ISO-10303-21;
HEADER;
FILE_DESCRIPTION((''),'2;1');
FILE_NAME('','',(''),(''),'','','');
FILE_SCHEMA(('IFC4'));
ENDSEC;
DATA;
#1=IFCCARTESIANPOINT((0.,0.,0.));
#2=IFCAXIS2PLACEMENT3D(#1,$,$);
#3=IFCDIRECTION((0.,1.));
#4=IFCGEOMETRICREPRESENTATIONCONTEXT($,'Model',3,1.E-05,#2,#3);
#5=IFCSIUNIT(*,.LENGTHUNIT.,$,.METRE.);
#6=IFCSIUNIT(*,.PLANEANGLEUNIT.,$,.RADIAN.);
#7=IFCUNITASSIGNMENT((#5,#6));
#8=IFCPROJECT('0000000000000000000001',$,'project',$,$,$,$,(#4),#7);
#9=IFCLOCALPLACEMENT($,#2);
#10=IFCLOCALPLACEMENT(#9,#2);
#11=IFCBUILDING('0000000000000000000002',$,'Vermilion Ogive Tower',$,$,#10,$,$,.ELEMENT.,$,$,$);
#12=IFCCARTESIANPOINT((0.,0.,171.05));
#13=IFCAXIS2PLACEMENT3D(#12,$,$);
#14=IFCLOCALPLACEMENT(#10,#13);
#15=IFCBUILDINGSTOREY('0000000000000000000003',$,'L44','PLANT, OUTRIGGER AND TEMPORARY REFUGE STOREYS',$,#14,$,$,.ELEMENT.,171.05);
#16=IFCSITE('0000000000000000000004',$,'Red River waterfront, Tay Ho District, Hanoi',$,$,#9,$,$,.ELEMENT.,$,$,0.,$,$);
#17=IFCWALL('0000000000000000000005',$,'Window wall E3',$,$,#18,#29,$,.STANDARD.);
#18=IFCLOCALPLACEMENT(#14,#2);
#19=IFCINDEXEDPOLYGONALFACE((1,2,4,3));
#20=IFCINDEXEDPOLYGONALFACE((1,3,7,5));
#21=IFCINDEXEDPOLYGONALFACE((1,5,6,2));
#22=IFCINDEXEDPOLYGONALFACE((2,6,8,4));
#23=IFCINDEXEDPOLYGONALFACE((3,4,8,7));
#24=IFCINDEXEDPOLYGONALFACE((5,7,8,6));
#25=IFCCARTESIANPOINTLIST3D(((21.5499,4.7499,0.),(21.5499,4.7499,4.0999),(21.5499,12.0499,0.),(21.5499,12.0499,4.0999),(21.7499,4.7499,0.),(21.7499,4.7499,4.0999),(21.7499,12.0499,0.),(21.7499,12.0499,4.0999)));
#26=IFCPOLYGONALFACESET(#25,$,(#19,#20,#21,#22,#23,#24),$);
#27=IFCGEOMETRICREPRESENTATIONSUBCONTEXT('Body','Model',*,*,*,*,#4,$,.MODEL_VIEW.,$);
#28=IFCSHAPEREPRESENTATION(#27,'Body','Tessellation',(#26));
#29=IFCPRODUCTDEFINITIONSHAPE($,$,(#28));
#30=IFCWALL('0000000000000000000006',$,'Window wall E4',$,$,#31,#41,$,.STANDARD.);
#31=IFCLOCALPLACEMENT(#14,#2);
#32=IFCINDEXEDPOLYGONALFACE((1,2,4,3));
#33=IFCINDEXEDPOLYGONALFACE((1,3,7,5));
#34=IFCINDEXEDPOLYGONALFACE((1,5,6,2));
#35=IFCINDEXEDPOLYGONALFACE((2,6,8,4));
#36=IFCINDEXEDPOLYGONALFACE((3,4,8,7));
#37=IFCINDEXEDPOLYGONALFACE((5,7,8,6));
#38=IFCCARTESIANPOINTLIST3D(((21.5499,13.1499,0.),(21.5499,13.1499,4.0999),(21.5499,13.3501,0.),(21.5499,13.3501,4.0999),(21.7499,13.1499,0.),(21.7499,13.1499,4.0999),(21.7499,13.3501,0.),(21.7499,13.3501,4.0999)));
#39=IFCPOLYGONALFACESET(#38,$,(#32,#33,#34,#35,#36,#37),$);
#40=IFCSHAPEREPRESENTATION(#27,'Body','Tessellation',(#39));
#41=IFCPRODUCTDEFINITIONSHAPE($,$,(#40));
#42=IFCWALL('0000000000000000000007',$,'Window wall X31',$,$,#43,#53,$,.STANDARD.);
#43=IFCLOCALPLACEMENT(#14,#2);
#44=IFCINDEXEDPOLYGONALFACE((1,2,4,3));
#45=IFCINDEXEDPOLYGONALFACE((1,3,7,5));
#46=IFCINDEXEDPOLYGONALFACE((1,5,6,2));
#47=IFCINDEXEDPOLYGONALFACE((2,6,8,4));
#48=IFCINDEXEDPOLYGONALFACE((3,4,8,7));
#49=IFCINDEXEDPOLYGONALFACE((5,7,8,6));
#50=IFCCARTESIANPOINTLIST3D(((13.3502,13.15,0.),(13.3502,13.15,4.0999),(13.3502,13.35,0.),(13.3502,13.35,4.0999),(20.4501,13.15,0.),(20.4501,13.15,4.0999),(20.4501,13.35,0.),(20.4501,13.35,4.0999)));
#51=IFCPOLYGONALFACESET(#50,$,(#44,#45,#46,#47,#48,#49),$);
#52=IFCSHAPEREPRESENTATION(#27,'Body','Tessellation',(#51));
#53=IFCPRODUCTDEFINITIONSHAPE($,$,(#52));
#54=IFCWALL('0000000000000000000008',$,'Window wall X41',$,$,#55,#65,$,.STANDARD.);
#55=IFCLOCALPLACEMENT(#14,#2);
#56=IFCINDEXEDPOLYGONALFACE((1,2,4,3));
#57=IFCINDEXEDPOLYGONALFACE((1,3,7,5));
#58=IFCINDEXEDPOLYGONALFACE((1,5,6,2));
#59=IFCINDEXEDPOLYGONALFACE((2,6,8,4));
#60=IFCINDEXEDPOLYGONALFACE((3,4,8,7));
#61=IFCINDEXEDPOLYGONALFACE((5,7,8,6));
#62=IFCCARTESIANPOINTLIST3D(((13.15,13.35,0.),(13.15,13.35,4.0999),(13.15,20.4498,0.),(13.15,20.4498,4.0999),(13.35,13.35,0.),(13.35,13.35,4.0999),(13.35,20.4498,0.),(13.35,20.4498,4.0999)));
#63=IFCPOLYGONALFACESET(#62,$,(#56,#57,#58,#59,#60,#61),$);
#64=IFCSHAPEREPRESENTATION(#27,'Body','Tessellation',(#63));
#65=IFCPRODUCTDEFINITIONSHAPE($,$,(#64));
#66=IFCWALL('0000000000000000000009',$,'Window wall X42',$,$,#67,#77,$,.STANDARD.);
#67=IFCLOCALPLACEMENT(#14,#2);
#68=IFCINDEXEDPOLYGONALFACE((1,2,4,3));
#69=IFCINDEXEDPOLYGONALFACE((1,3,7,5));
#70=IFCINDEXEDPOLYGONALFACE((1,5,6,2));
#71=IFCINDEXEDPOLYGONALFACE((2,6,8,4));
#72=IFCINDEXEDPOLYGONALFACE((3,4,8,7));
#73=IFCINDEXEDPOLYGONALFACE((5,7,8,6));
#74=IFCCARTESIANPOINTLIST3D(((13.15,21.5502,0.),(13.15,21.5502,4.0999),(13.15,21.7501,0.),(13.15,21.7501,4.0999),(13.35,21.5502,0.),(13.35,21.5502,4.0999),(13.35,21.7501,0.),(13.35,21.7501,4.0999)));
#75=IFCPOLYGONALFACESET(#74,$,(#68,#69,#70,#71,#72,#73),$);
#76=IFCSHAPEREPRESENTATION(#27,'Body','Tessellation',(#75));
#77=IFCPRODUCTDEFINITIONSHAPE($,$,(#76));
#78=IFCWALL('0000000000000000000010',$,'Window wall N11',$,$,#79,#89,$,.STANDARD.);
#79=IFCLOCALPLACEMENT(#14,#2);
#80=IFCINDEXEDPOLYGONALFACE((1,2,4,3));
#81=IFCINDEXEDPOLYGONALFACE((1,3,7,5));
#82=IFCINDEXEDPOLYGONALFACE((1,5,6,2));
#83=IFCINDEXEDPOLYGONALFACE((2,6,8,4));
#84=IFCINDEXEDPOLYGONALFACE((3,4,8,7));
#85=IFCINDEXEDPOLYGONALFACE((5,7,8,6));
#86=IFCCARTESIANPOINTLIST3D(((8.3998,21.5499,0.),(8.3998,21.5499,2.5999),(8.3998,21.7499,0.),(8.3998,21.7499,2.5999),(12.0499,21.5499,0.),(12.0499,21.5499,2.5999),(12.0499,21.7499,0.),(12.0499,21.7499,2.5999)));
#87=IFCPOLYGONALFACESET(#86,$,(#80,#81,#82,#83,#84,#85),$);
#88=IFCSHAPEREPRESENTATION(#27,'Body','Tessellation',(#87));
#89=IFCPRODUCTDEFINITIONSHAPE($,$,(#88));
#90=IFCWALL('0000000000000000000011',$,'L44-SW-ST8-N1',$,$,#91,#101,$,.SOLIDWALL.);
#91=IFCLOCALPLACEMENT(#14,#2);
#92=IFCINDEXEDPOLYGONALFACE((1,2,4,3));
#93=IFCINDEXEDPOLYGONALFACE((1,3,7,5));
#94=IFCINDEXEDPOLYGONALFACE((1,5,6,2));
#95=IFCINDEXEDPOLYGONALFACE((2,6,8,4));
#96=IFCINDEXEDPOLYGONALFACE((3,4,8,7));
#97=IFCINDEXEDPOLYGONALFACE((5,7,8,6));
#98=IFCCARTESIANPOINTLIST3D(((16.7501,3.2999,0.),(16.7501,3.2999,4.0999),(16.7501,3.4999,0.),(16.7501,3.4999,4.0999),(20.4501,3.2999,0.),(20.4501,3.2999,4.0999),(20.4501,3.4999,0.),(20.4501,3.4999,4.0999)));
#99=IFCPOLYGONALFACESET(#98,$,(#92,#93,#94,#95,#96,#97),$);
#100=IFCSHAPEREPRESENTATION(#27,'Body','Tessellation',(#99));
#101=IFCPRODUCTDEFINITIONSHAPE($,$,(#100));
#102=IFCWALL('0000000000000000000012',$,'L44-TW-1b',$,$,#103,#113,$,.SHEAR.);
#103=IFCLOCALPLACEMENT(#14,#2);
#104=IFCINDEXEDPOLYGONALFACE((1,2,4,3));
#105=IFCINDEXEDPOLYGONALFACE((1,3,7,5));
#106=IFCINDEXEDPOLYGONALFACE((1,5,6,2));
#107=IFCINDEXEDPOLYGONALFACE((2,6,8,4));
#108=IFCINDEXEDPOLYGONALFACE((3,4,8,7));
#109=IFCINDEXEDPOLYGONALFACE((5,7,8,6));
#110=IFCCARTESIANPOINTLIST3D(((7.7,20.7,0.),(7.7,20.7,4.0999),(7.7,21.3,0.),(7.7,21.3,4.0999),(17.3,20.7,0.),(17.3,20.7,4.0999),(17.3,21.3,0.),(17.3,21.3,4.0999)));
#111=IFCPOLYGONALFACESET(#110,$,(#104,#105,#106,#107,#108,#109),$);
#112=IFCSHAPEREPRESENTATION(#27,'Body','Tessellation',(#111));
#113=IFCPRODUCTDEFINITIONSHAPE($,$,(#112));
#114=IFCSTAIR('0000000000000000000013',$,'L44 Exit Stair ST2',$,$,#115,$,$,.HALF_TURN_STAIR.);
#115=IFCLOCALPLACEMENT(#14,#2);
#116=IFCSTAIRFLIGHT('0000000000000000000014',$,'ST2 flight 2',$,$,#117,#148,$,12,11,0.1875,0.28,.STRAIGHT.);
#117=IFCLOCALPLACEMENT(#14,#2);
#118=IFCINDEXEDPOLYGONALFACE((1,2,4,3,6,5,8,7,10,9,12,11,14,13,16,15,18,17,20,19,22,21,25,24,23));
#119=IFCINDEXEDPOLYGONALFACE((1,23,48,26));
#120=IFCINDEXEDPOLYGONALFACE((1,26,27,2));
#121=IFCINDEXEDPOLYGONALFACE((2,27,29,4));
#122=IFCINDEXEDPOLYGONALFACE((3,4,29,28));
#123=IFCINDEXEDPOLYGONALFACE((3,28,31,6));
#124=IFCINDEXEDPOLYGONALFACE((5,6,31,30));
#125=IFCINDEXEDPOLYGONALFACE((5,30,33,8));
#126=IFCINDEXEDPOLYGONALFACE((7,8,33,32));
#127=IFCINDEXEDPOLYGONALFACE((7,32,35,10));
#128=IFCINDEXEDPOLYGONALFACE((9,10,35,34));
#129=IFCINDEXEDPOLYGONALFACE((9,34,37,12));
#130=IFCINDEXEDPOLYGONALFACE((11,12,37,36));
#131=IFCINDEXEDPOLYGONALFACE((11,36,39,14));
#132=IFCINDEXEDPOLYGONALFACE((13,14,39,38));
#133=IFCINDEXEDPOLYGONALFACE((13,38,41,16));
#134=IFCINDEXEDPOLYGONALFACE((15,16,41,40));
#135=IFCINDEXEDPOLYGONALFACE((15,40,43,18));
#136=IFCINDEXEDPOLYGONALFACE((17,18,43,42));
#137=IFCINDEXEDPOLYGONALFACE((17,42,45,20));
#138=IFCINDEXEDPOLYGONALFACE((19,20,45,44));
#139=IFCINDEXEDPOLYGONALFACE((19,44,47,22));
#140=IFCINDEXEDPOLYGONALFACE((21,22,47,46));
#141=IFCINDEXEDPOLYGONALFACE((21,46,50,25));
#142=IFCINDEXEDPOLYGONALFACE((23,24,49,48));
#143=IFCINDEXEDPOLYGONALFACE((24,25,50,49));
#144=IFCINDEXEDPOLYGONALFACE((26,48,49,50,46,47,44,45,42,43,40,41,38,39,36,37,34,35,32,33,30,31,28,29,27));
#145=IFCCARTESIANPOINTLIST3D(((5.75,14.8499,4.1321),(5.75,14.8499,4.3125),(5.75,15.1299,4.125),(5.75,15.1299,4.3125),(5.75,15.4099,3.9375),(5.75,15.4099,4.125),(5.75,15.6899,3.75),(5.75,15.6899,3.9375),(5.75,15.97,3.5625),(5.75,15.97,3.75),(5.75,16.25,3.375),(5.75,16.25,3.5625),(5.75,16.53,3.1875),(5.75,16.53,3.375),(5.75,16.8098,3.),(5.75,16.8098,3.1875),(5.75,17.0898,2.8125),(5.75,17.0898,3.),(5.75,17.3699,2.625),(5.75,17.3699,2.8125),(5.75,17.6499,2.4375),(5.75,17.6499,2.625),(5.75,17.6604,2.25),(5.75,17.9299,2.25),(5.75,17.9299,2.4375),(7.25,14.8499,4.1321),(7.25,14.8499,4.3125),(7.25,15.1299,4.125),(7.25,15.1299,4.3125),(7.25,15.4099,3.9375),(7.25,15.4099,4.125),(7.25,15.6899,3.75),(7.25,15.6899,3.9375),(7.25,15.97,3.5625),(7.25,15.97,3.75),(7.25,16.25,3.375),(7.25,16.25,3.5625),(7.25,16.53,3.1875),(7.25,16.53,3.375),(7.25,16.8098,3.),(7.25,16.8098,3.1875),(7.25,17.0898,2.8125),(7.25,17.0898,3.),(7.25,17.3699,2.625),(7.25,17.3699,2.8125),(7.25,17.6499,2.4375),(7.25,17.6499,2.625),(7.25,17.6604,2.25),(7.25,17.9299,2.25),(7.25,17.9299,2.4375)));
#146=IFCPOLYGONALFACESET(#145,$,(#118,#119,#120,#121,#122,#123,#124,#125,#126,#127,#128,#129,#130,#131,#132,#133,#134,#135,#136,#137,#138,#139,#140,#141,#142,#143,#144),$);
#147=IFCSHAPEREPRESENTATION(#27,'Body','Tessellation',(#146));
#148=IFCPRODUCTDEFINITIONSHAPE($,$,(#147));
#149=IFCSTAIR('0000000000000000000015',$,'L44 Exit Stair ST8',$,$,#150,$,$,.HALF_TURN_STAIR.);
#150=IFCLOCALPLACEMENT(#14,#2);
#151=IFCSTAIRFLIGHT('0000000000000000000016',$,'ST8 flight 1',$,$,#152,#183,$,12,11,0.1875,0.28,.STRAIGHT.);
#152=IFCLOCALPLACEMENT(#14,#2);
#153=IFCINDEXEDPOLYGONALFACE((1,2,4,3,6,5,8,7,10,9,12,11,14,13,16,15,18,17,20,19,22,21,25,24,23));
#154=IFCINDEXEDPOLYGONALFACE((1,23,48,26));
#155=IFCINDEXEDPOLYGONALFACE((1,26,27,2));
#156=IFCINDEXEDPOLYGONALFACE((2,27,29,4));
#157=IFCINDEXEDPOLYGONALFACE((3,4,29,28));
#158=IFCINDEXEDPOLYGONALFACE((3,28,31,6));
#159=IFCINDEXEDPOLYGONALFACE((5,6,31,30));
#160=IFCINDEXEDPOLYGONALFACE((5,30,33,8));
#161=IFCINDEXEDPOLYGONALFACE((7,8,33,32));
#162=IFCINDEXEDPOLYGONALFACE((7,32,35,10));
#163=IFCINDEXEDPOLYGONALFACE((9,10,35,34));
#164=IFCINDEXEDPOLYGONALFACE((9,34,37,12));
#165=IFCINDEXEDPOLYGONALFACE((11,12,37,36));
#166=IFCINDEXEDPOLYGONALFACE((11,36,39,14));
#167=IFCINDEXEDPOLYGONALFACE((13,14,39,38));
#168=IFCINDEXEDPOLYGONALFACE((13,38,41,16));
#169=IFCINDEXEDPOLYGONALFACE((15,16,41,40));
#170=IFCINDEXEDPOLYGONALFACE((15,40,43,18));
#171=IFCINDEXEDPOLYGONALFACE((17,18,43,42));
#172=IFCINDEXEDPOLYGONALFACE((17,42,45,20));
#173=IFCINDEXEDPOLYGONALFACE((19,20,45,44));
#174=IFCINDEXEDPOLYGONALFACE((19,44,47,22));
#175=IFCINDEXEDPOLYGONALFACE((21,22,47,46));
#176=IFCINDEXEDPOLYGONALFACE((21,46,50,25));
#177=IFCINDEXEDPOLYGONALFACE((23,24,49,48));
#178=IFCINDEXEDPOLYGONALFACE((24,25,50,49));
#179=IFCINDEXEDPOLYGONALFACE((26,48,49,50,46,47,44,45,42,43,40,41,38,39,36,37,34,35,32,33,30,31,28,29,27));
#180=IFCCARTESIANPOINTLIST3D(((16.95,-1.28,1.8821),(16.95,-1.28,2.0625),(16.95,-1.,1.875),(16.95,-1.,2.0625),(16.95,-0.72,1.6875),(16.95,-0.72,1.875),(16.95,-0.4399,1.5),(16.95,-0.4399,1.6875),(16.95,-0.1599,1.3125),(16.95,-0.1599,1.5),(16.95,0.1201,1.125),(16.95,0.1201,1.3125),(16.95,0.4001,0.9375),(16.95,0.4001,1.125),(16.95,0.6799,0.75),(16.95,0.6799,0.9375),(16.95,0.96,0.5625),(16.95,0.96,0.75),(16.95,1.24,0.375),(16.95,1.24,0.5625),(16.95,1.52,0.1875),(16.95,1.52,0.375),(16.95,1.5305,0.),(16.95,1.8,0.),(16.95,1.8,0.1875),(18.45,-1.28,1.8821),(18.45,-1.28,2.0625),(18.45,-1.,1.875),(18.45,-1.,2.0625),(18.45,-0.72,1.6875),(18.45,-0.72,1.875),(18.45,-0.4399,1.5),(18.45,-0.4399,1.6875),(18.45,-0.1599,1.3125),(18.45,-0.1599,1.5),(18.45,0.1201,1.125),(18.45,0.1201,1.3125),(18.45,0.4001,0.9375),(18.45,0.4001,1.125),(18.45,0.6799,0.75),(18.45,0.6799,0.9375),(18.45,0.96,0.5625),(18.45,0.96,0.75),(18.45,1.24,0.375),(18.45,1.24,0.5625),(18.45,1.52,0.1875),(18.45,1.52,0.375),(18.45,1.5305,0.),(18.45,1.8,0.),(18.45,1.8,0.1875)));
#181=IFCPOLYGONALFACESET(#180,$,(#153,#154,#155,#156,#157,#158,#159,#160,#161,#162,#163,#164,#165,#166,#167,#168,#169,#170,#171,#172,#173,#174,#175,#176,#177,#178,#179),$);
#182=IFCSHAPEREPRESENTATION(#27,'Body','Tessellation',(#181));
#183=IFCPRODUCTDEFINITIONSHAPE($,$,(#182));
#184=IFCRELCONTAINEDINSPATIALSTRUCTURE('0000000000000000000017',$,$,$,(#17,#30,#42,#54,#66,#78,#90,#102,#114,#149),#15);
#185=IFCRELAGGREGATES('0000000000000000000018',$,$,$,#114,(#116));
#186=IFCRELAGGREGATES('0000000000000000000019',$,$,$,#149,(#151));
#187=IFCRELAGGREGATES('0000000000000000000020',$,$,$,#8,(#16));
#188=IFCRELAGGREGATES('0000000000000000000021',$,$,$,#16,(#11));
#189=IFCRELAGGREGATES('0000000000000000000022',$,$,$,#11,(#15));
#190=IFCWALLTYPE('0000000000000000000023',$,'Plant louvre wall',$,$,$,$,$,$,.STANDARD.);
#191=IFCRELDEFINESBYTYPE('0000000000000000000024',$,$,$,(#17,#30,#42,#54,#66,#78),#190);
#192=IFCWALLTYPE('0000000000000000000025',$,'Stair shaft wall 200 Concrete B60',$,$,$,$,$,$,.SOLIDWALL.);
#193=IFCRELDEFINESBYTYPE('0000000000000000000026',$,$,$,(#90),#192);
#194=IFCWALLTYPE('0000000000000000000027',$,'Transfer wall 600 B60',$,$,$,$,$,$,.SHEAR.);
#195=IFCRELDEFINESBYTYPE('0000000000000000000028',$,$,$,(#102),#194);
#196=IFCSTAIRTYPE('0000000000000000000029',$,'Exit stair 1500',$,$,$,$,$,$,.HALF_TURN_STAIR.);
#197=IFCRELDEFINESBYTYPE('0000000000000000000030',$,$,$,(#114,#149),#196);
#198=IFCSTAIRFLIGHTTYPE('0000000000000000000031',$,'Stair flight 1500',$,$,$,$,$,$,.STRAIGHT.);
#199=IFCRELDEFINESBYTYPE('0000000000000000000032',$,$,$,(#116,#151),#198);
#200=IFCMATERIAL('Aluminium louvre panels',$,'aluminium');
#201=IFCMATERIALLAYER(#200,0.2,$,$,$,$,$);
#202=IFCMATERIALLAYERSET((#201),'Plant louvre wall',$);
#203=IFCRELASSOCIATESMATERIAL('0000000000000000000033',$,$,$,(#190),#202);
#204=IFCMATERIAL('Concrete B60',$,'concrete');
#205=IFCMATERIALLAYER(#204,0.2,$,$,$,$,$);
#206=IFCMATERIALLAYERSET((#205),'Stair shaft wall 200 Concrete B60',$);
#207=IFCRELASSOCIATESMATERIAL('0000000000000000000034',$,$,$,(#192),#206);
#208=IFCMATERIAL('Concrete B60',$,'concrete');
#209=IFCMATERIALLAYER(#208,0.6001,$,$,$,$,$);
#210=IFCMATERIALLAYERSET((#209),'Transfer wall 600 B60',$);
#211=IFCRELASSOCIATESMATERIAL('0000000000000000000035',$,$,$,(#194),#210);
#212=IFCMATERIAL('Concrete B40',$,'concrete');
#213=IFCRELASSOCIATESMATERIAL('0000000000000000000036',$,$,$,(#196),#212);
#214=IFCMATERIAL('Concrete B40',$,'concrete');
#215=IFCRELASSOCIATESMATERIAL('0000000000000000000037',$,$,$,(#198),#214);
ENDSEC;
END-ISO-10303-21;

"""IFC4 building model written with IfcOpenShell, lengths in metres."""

from ifc_helpers import new_model, si_unit, direction, frame, frame_2d, origin, place, context, subcontext, project, spatial, polyline, rectangle, outline, extrude, material, layer, layer_set, type_object, element, aggregate, save


model = new_model("IFC4")

# Units and contexts
model_context = context("Model", 3, precision=1e-05, world=origin(), true_north=direction((0.0, 1.0)))
body_context = subcontext(model_context, "Body", "Model", "MODEL_VIEW")
ifc_project = project(units=[si_unit("LENGTHUNIT", "METRE"), si_unit("PLANEANGLEUNIT", "RADIAN")], contexts=[model_context])

# Site, building, storey
site_placement = place(None, origin())
site = spatial("IfcSite", under=ifc_project, at=site_placement, Name="Red River waterfront, Tay Ho District, Hanoi", CompositionType="ELEMENT", RefElevation=0.0)
building_placement = place(site_placement, origin())
building = spatial("IfcBuilding", under=site, at=building_placement, Name="Vermilion Ogive Tower", CompositionType="ELEMENT")
storey_placement = place(building_placement, frame((0.0, 0.0, 171.05)))
storey = spatial("IfcBuildingStorey", under=building, at=storey_placement, Name="L44", Description="PLANT, OUTRIGGER AND TEMPORARY REFUGE STOREYS", CompositionType="ELEMENT", Elevation=171.05)

# Walls
ifc_material_1 = material(Name="Aluminium louvre panels", Category="aluminium")
ifc_layer_1 = layer(ifc_material_1, 0.2)
ifc_layer_set_1 = layer_set([ifc_layer_1], Name="Plant louvre wall")
wall_type_1 = type_object("IfcWallType", Name="Plant louvre wall", PredefinedType="STANDARD", material=ifc_layer_set_1)
wall_1_placement = place(storey_placement, frame((21.6499, 4.75, 0.0), z_axis=(0.0, 0.0, 1.0), x_axis=(0.0, 1.0, 0.0)))
element("IfcWall", 1, at=wall_1_placement, inside=storey, type_object=wall_type_1, Name="Window wall E3", PredefinedType="STANDARD", context=body_context, shape_type="SweptSolid", body=[
    extrude(rectangle(XDim=7.3, YDim=0.2, at=frame_2d((3.6499, 0.0))), origin(), (0.0, 0.0, 1.0), 4.0999),
])
wall_2_placement = place(storey_placement, frame((21.6499, 13.1499, 0.0), z_axis=(0.0, 0.0, 1.0), x_axis=(0.0, 1.0, 0.0)))
element("IfcWall", 2, at=wall_2_placement, inside=storey, type_object=wall_type_1, Name="Window wall E4", PredefinedType="STANDARD", context=body_context, shape_type="SweptSolid", body=[
    extrude(rectangle(XDim=0.2002, YDim=0.2, at=frame_2d((0.1001, 0.0))), origin(), (0.0, 0.0, 1.0), 4.0999),
])
for number, where, z_axis, x_axis, name in (
    (3, (20.45, 13.25, 0.0), (0.0, 0.0, 1.0), (-1.0, 0.0, 0.0), "Window wall X31"),
    (4, (13.25, 13.3501, 0.0), (0.0, 0.0, 1.0), (0.0, 1.0, 0.0), "Window wall X41"),
):
    element("IfcWall", number, at=place(storey_placement, frame(where, z_axis=z_axis, x_axis=x_axis)), inside=storey, type_object=wall_type_1, Name=name, PredefinedType="STANDARD", context=body_context, shape_type="SweptSolid", body=[
        extrude(rectangle(XDim=7.0999, YDim=0.2, at=frame_2d((3.5498, 0.0))), origin(), (0.0, 0.0, 1.0), 4.0999),
    ])
wall_3_placement = place(storey_placement, frame((13.25, 21.55, 0.0), z_axis=(0.0, 0.0, 1.0), x_axis=(0.0, 1.0, 0.0)))
element("IfcWall", 5, at=wall_3_placement, inside=storey, type_object=wall_type_1, Name="Window wall X42", PredefinedType="STANDARD", context=body_context, shape_type="SweptSolid", body=[
    extrude(rectangle(XDim=0.2, YDim=0.2, at=frame_2d((0.1001, 0.0))), origin(), (0.0, 0.0, 1.0), 4.0999),
])
wall_4_placement = place(storey_placement, frame((12.05, 21.6499, 0.0), z_axis=(0.0, 0.0, 1.0), x_axis=(-1.0, 0.0, 0.0)))
element("IfcWall", 6, at=wall_4_placement, inside=storey, type_object=wall_type_1, Name="Window wall N11", PredefinedType="STANDARD", context=body_context, shape_type="SweptSolid", body=[
    extrude(rectangle(XDim=3.6501, YDim=0.2, at=frame_2d((1.8252, 0.0))), origin(), (0.0, 0.0, 1.0), 2.5999),
])
ifc_material_2 = material(Name="Concrete B60", Category="concrete")
ifc_layer_2 = layer(ifc_material_2, 0.2)
ifc_layer_set_2 = layer_set([ifc_layer_2], Name="Stair shaft wall 200 Concrete B60")
wall_type_2 = type_object("IfcWallType", Name="Stair shaft wall 200 Concrete B60", PredefinedType="SOLIDWALL", material=ifc_layer_set_2)
wall_5_placement = place(storey_placement, frame((16.75, 3.3999, 0.0), z_axis=(0.0, 0.0, 1.0), x_axis=(1.0, 0.0, 0.0)))
element("IfcWall", 7, at=wall_5_placement, inside=storey, type_object=wall_type_2, Name="L44-SW-ST8-N1", PredefinedType="SOLIDWALL", context=body_context, shape_type="SweptSolid", body=[
    extrude(rectangle(XDim=3.7, YDim=0.2, at=frame_2d((1.8501, 0.0))), origin(), (0.0, 0.0, 1.0), 4.0999),
])
ifc_material_3 = material(Name="Concrete B60", Category="concrete")
ifc_layer_3 = layer(ifc_material_3, 0.6001)
ifc_layer_set_3 = layer_set([ifc_layer_3], Name="Transfer wall 600 B60")
wall_type_3 = type_object("IfcWallType", Name="Transfer wall 600 B60", PredefinedType="SHEAR", material=ifc_layer_set_3)
wall_6_placement = place(storey_placement, frame((7.7, 21.0, 0.0), z_axis=(0.0, 0.0, 1.0), x_axis=(1.0, 0.0, 0.0)))
element("IfcWall", 8, at=wall_6_placement, inside=storey, type_object=wall_type_3, Name="L44-TW-1b", PredefinedType="SHEAR", context=body_context, shape_type="SweptSolid", body=[
    extrude(rectangle(XDim=9.6001, YDim=0.6001, at=frame_2d((4.8, 0.0))), origin(), (0.0, 0.0, 1.0), 4.0999),
])

# Stairs, stair flights
ifc_material_4 = material(Name="Concrete B40", Category="concrete")
stair_type = type_object("IfcStairType", Name="Exit stair 1500", PredefinedType="HALF_TURN_STAIR", material=ifc_material_4)
stair_1_placement = place(storey_placement, origin())
stair_1 = element("IfcStair", 9, at=stair_1_placement, inside=storey, type_object=stair_type, Name="L44 Exit Stair ST2", PredefinedType="HALF_TURN_STAIR")
ifc_material_5 = material(Name="Concrete B40", Category="concrete")
stair_flight_type = type_object("IfcStairFlightType", Name="Stair flight 1500", PredefinedType="STRAIGHT", material=ifc_material_5)
stair_flight_1_placement = place(storey_placement, frame((6.5, 17.9299, 2.25), z_axis=(0.0, 0.0, 1.0), x_axis=(0.0, -1.0, 0.0)))
stair_flight_1 = element("IfcStairFlight", 10, at=stair_flight_1_placement, type_object=stair_flight_type, Name="ST2 flight 2", NumberOfRisers=12, NumberOfTreads=11, PredefinedType="STRAIGHT", RiserHeight=0.1875, TreadLength=0.28, context=body_context, shape_type="SweptSolid", body=[
    extrude(outline(polyline([(0.0, 0.0), (0.0, 0.1875), (0.28, 0.1875), (0.28, 0.375), (0.5601, 0.375), (0.5601, 0.5625), (0.8401, 0.5625), (0.8401, 0.75), (1.1201, 0.75), (1.1201, 0.9375), (1.3999, 0.9375), (1.3999, 1.125), (1.6799, 1.125), (1.6799, 1.3125), (1.96, 1.3125), (1.96, 1.5), (2.24, 1.5), (2.24, 1.6875), (2.52, 1.6875), (2.52, 1.875), (2.8, 1.875), (2.8, 2.0625), (3.0801, 2.0625), (3.0801, 2.25), (3.0801, 1.8821), (0.2695, 0.0), (0.0, 0.0)])), frame((0.0, 0.75, 0.0), z_axis=(0.0, -1.0, 0.0), x_axis=(1.0, 0.0, 0.0)), (0.0, 0.0, 1.0), 1.5),
])
aggregate(stair_1, [stair_flight_1])
stair_2_placement = place(storey_placement, origin())
stair_2 = element("IfcStair", 11, at=stair_2_placement, inside=storey, type_object=stair_type, Name="L44 Exit Stair ST8", PredefinedType="HALF_TURN_STAIR")
stair_flight_2_placement = place(storey_placement, frame((17.7, 1.8, 0.0), z_axis=(0.0, 0.0, 1.0), x_axis=(0.0, -1.0, 0.0)))
stair_flight_2 = element("IfcStairFlight", 12, at=stair_flight_2_placement, type_object=stair_flight_type, Name="ST8 flight 1", NumberOfRisers=12, NumberOfTreads=11, PredefinedType="STRAIGHT", RiserHeight=0.1875, TreadLength=0.28, context=body_context, shape_type="SweptSolid", body=[
    extrude(outline(polyline([(0.0, 0.0), (0.0, 0.1875), (0.28, 0.1875), (0.28, 0.375), (0.5601, 0.375), (0.5601, 0.5625), (0.8401, 0.5625), (0.8401, 0.75), (1.1201, 0.75), (1.1201, 0.9375), (1.3999, 0.9375), (1.3999, 1.125), (1.6799, 1.125), (1.6799, 1.3125), (1.96, 1.3125), (1.96, 1.5), (2.24, 1.5), (2.24, 1.6875), (2.52, 1.6875), (2.52, 1.875), (2.8, 1.875), (2.8, 2.0625), (3.0801, 2.0625), (3.0801, 2.25), (3.0801, 1.8821), (0.2695, 0.0), (0.0, 0.0)])), frame((0.0, 0.75, 0.0), z_axis=(0.0, -1.0, 0.0), x_axis=(1.0, 0.0, 0.0)), (0.0, 0.0, 1.0), 1.5),
])
aggregate(stair_2, [stair_flight_2])

save(model, "model.ifc")
